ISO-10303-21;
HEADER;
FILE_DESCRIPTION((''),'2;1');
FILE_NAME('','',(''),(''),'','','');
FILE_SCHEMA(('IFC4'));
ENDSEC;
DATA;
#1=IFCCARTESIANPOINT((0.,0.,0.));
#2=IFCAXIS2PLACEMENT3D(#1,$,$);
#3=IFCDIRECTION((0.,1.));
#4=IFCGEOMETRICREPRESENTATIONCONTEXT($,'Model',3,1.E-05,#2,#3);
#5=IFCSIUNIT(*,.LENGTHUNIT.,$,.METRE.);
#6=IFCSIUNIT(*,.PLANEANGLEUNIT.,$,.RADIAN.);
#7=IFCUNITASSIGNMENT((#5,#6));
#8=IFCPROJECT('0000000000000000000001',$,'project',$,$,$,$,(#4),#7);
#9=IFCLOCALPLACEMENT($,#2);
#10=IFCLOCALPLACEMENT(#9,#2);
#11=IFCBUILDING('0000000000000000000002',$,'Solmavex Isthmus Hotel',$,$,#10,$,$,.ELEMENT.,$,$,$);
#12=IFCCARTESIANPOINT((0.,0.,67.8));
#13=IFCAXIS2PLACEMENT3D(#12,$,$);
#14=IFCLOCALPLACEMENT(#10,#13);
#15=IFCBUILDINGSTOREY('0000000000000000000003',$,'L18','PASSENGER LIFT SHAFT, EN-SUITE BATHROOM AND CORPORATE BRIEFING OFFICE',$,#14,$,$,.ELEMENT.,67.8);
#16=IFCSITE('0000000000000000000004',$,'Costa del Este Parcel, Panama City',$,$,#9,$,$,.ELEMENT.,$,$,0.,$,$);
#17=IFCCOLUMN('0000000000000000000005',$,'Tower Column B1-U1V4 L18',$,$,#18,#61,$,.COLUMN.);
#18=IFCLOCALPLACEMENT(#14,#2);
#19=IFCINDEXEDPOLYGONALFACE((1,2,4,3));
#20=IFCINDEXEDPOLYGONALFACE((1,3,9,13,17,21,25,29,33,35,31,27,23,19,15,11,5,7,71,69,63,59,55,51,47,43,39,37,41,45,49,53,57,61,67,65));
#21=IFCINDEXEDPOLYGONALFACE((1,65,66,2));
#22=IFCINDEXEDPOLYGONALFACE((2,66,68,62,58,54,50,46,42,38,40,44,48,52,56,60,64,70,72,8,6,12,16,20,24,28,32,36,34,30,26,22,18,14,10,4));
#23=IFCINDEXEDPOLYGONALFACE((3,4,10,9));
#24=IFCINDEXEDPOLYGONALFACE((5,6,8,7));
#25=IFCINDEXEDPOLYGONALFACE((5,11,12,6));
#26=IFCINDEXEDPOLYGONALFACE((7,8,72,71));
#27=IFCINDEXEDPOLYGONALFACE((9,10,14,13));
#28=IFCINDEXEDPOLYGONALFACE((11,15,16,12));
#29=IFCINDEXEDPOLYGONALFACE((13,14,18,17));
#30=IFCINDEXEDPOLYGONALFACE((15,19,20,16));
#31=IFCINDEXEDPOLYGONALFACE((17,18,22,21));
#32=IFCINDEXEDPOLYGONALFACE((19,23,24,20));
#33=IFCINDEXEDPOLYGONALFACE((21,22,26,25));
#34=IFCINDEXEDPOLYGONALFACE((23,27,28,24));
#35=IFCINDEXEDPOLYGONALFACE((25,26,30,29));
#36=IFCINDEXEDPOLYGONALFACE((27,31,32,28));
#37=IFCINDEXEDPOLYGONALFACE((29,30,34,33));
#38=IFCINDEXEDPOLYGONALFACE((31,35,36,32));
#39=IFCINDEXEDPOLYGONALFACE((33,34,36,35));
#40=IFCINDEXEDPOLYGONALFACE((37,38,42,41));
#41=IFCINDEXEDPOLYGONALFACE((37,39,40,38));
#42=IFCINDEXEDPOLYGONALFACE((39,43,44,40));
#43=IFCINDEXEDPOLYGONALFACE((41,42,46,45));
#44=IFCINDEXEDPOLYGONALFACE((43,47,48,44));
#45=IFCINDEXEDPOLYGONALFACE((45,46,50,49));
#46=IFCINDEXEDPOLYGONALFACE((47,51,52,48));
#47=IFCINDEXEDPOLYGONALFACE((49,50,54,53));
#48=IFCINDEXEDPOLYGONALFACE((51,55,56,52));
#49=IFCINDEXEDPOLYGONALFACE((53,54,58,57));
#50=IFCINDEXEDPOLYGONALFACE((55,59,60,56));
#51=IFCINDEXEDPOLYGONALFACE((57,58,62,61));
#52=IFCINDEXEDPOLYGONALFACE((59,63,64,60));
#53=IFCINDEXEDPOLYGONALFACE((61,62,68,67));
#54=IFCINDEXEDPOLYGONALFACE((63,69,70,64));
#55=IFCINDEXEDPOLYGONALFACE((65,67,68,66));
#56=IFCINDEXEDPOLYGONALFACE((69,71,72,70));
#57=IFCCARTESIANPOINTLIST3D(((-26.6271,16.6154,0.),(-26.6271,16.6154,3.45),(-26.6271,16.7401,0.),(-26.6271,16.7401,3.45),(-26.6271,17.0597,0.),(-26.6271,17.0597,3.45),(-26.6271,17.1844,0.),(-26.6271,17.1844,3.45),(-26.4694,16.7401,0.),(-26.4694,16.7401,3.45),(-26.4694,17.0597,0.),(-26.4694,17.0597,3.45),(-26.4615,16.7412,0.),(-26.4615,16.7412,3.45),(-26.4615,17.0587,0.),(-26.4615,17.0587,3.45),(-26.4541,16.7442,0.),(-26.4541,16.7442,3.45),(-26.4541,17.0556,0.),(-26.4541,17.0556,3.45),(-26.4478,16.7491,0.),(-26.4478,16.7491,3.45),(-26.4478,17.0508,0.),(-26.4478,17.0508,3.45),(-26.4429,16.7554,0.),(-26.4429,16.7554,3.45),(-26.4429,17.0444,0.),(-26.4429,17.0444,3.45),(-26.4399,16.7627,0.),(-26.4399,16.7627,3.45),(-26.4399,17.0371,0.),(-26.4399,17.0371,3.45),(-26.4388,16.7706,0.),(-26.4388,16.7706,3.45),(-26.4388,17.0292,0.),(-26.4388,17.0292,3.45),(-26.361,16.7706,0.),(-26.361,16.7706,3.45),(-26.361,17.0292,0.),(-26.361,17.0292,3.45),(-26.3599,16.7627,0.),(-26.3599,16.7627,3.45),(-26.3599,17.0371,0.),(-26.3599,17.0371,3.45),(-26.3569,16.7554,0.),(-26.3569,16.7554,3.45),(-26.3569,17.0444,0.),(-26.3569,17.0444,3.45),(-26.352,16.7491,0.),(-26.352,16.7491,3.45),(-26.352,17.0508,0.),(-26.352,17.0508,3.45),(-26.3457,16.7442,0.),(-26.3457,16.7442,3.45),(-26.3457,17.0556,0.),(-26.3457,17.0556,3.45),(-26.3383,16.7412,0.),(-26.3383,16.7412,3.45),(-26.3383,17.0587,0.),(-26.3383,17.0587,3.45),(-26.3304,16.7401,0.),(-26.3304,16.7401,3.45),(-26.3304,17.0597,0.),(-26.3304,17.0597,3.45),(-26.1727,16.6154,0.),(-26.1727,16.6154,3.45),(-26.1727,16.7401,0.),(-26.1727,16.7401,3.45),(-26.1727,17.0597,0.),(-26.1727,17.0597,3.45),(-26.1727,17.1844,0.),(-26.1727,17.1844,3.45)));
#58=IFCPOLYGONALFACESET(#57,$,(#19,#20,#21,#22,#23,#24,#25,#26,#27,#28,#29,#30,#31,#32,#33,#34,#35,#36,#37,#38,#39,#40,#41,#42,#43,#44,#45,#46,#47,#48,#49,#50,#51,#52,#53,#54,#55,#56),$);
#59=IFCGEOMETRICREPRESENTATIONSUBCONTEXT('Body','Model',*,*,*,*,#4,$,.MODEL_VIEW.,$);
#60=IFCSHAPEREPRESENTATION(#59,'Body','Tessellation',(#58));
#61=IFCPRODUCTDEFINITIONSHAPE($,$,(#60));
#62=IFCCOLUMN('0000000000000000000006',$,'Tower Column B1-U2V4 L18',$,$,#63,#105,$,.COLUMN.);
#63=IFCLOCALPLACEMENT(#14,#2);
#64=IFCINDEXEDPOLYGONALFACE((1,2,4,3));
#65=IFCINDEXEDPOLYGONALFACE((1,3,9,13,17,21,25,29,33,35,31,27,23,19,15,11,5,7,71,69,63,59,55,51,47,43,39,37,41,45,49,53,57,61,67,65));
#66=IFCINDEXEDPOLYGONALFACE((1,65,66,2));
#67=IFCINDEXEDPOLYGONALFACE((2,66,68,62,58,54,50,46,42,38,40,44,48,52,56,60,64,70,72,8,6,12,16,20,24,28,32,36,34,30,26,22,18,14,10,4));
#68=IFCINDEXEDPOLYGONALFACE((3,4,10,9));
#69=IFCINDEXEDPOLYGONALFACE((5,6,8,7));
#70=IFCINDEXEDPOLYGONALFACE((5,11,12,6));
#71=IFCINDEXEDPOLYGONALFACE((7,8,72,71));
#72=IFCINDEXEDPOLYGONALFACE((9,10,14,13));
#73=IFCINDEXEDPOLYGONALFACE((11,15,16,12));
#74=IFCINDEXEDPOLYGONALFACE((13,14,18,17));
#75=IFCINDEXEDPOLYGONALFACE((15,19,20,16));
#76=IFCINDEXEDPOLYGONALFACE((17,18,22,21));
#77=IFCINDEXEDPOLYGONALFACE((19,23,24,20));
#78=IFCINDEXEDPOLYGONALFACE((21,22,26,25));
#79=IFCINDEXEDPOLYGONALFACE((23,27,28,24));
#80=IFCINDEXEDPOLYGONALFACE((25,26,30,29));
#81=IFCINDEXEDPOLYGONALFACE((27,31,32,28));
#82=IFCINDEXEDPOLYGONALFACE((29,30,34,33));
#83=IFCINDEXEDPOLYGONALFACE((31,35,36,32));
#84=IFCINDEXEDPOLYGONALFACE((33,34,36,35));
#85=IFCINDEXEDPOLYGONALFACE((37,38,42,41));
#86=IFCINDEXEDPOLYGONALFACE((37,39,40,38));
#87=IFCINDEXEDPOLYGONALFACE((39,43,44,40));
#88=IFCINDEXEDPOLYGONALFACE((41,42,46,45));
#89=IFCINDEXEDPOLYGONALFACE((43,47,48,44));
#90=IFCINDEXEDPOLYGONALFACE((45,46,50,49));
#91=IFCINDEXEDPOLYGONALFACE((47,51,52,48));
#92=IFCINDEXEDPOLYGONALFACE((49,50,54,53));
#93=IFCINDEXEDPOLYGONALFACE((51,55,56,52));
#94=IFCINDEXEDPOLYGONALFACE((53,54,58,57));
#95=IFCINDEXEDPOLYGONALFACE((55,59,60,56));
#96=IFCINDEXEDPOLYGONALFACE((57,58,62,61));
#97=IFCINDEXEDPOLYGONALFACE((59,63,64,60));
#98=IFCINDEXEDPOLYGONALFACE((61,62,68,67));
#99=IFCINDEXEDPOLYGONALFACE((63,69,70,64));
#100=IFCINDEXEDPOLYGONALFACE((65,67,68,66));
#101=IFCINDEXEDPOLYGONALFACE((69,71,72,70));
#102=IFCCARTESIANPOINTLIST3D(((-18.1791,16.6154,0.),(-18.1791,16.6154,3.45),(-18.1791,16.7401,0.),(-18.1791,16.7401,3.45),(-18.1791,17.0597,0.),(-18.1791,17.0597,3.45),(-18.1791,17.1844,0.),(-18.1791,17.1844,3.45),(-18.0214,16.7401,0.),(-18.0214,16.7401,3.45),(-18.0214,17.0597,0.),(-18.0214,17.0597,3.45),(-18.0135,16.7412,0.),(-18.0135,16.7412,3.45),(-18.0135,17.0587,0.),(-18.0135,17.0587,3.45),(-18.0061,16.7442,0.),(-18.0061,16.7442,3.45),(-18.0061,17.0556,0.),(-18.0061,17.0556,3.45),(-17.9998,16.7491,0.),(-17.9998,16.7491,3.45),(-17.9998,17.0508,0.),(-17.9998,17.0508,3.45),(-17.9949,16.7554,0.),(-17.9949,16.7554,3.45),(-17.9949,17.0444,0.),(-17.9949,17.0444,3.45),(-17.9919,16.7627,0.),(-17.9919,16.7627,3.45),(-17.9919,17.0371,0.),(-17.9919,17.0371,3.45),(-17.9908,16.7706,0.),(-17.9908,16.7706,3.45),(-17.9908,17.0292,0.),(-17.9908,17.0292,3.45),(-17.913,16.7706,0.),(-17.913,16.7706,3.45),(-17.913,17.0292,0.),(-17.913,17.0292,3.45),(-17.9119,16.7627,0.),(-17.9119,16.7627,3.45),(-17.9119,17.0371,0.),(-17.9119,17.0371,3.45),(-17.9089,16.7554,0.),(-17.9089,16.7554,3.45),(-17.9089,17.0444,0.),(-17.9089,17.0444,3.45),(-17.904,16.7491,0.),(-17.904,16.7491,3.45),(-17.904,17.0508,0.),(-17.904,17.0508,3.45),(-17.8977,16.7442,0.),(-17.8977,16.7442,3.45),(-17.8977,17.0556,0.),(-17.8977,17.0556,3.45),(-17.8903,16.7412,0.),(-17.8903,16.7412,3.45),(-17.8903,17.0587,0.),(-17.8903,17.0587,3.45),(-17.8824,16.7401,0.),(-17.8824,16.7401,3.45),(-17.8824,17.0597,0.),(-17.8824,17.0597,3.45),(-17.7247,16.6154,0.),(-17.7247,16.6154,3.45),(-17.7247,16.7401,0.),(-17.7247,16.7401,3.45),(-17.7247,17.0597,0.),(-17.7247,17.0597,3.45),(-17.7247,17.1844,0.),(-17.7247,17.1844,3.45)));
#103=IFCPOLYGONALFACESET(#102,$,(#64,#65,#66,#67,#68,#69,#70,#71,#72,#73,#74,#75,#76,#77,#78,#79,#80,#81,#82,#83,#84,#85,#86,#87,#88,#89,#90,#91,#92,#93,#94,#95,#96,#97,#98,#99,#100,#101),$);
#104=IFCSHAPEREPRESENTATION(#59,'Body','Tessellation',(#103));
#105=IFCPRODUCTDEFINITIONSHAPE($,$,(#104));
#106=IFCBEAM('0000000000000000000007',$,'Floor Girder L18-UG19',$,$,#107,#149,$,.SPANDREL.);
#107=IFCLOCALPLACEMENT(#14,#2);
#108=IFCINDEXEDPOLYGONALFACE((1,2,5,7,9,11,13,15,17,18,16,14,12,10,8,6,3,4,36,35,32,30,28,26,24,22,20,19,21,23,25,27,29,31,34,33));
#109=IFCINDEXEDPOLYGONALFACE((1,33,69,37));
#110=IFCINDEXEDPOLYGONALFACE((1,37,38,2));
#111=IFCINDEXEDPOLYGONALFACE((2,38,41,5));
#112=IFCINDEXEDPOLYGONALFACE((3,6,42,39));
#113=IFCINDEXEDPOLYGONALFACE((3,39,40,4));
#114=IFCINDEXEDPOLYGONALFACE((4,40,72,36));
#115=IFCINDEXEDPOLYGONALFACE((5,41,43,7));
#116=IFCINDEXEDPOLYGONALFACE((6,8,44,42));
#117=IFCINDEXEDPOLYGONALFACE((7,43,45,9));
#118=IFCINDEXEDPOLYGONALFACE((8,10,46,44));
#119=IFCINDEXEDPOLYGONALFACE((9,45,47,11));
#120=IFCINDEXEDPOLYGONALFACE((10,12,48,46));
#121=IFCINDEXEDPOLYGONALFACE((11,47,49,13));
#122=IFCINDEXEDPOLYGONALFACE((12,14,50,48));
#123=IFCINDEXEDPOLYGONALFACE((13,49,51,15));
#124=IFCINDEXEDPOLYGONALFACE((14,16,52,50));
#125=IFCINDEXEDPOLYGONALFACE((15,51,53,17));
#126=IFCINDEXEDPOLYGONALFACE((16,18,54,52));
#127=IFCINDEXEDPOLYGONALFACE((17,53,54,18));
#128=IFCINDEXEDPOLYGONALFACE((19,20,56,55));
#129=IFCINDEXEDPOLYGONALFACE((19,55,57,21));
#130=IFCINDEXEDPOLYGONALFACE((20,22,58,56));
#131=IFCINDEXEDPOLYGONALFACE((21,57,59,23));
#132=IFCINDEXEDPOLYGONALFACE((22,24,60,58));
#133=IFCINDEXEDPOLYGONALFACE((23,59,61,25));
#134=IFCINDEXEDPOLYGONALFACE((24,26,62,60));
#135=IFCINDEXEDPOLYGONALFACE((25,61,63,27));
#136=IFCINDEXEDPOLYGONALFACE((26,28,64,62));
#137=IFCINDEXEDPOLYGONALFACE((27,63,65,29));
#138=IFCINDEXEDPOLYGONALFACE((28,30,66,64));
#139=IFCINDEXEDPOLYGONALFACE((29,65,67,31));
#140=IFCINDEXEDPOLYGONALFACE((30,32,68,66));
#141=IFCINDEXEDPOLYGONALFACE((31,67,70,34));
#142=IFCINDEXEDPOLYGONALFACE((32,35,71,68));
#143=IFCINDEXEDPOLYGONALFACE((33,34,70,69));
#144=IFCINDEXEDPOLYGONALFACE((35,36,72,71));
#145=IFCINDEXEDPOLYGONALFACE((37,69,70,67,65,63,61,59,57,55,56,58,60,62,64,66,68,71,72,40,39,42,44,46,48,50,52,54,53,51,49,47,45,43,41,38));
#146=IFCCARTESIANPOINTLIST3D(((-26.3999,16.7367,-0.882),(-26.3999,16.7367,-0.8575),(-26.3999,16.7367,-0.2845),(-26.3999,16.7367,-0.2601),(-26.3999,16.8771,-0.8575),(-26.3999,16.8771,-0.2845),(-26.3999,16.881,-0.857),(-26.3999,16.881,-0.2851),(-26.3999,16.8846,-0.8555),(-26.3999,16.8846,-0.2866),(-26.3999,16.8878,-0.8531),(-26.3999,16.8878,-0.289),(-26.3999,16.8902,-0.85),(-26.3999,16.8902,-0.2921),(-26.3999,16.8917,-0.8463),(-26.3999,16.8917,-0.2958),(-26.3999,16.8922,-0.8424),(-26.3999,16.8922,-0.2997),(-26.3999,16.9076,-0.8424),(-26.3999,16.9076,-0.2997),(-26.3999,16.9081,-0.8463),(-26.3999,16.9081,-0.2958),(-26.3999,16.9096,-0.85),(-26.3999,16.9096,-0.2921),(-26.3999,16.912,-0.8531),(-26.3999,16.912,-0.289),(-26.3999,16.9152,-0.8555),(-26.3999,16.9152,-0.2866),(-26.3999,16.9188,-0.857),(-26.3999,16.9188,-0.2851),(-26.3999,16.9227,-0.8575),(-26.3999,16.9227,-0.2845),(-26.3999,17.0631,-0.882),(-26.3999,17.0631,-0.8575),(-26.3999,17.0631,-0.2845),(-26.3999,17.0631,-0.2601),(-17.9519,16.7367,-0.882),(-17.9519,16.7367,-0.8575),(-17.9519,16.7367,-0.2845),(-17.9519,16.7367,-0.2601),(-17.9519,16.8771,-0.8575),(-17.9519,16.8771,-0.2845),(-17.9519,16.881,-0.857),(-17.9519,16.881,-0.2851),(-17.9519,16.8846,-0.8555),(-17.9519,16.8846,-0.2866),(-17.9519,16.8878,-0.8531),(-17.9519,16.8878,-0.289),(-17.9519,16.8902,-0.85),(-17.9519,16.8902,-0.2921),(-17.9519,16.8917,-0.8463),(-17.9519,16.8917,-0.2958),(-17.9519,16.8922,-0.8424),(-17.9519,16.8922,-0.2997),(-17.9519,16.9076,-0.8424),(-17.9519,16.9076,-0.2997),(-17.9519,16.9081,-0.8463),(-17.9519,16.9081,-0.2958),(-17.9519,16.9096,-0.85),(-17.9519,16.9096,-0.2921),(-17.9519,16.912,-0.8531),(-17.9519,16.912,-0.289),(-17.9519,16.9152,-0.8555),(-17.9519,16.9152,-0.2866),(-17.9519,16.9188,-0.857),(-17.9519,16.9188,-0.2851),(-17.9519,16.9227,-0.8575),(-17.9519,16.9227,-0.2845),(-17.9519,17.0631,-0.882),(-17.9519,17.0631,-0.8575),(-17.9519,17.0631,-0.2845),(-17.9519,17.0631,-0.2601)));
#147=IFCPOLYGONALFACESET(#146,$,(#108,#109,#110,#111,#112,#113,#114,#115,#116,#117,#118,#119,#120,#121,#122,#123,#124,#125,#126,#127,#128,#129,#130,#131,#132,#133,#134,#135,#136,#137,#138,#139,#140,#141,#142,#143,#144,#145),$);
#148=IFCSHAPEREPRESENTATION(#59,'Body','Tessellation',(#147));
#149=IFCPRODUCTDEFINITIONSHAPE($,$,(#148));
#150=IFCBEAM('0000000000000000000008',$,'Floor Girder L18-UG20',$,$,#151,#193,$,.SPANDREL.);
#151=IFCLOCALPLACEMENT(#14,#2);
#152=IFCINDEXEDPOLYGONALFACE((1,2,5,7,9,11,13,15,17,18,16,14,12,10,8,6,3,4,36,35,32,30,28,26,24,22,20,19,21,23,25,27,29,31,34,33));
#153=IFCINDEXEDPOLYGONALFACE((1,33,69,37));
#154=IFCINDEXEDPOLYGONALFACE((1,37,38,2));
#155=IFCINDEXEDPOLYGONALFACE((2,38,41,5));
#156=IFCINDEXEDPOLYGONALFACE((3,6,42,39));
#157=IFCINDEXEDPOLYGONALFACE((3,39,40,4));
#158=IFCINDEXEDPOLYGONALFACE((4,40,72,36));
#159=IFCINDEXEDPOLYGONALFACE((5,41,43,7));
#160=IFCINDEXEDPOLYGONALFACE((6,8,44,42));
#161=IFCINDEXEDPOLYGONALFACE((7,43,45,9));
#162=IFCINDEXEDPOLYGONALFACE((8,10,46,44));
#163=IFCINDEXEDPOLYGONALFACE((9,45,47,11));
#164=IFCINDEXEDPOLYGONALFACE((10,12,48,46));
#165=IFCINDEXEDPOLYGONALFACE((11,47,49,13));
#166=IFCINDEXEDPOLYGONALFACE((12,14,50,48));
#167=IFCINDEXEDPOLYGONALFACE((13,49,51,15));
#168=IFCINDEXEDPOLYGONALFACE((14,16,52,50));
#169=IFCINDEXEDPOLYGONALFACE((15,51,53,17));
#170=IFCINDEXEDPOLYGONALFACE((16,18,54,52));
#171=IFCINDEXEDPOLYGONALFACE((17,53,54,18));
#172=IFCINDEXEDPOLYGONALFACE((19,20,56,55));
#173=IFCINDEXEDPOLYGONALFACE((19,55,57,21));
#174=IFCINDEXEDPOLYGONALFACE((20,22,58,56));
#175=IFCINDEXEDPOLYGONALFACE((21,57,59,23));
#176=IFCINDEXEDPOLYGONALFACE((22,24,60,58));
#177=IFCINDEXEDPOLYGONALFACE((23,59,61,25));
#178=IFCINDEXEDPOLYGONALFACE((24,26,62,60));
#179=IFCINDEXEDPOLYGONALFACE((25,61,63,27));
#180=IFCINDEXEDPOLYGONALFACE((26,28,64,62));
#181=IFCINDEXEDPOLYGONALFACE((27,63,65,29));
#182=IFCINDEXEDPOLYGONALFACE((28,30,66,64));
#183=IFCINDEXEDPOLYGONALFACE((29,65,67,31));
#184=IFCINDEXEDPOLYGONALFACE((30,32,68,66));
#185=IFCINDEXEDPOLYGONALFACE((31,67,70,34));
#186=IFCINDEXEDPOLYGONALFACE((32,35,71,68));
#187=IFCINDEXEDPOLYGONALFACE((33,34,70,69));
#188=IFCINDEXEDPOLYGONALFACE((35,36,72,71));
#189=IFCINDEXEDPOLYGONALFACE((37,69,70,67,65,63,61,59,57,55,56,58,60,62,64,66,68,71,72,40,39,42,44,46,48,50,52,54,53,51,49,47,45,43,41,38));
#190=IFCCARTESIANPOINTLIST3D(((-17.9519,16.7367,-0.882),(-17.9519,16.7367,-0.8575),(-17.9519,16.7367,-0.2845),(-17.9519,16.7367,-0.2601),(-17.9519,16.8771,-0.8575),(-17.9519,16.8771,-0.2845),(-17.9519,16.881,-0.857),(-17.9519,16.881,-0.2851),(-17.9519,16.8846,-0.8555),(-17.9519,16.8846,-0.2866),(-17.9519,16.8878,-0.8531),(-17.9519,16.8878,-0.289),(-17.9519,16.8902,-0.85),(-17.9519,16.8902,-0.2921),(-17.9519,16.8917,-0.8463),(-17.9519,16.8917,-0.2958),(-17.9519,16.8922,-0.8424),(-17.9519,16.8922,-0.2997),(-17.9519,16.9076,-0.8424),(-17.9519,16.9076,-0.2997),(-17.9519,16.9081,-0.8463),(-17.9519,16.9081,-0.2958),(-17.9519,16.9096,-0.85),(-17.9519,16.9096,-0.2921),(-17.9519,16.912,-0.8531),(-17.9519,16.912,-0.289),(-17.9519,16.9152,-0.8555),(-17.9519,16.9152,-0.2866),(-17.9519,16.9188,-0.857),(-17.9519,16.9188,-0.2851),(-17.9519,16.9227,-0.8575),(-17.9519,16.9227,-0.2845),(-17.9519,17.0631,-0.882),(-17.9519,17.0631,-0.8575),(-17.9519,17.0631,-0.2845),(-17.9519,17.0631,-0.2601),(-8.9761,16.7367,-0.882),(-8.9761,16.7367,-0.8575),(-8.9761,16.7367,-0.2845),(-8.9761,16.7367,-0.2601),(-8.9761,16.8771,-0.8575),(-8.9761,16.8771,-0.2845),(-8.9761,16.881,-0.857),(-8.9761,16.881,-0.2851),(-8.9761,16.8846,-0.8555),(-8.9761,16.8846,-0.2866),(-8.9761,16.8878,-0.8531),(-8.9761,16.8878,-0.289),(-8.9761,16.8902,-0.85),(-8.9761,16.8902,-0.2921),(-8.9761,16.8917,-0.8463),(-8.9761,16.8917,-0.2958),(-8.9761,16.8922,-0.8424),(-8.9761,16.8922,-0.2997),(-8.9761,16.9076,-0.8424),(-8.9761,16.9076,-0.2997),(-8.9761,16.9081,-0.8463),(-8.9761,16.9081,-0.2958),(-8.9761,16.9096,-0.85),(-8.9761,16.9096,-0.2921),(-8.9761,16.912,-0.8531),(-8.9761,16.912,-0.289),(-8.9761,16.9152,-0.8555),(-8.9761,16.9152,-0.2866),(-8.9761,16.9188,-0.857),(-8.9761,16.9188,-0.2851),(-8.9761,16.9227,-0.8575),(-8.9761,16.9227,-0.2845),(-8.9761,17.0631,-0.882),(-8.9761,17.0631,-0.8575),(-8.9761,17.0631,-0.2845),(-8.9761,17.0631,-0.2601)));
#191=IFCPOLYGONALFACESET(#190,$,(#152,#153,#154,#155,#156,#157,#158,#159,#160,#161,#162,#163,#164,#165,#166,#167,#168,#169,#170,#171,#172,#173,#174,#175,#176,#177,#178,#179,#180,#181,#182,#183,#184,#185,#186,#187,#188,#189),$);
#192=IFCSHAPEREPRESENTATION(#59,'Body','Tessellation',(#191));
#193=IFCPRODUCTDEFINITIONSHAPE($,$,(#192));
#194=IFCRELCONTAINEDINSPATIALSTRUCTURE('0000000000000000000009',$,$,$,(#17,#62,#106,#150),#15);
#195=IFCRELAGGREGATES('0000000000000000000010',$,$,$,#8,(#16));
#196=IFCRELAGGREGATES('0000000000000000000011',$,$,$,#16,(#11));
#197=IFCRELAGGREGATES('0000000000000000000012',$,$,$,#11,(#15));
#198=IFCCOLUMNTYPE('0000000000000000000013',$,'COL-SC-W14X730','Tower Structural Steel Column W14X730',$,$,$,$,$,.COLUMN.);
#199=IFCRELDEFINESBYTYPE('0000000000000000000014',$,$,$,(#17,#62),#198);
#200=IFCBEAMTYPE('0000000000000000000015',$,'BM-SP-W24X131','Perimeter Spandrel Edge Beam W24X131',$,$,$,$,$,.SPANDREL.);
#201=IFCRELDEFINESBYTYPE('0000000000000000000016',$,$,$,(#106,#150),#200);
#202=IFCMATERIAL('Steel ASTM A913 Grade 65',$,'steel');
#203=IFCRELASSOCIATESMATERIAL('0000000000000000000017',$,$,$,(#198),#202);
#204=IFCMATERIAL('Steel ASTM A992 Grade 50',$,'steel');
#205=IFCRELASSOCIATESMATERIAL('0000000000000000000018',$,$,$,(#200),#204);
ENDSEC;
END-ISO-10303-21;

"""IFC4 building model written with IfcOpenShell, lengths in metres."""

from ifc_helpers import new_model, si_unit, direction, frame, origin, origin_2d, place, context, subcontext, project, spatial, i_section, extrude, material, material_profile, profile_set, type_object, element, save


model = new_model("IFC4")

# Units and contexts
model_context = context("Model", 3, precision=1e-05, world=origin(), true_north=direction((0.0, 1.0)))
body_context = subcontext(model_context, "Body", "Model", "MODEL_VIEW")
ifc_project = project(units=[si_unit("LENGTHUNIT", "METRE"), si_unit("PLANEANGLEUNIT", "RADIAN")], contexts=[model_context])

# Site, building, storey
site_placement = place(None, origin())
site = spatial("IfcSite", under=ifc_project, at=site_placement, Name="Costa del Este Parcel, Panama City", CompositionType="ELEMENT", RefElevation=0.0)
building_placement = place(site_placement, origin())
building = spatial("IfcBuilding", under=site, at=building_placement, Name="Solmavex Isthmus Hotel", CompositionType="ELEMENT")
storey_placement = place(building_placement, frame((0.0, 0.0, 67.8)))
storey = spatial("IfcBuildingStorey", under=building, at=storey_placement, Name="L18", Description="PASSENGER LIFT SHAFT, EN-SUITE BATHROOM AND CORPORATE BRIEFING OFFICE", CompositionType="ELEMENT", Elevation=67.8)

# Columns
ifc_material_1 = material(Name="Steel ASTM A913 Grade 65", Category="steel")
ifc_material_profile_1 = material_profile(ifc_material_1, i_section(OverallWidth=0.4543, OverallDepth=0.5691, WebThickness=0.0779, FlangeThickness=0.1248, FilletRadius=0.0305, at=origin_2d()), Name="W14X730")
ifc_profile_set_1 = profile_set([ifc_material_profile_1], Name="Steel ASTM A913 Grade 65")
column_type = type_object("IfcColumnType", Name="COL-SC-W14X730", Description="Tower Structural Steel Column W14X730", PredefinedType="COLUMN", material=ifc_profile_set_1)
for number, where, z_axis, x_axis, name in (
    (1, (-26.3999, 16.8999, 0.0), (0.0, 0.0, 1.0), (1.0, 0.0, 0.0), "Tower Column B1-U1V4 L18"),
    (2, (-17.9519, 16.8999, 0.0), (0.0, 0.0, 1.0), (1.0, 0.0, 0.0), "Tower Column B1-U2V4 L18"),
):
    element("IfcColumn", number, at=place(storey_placement, frame(where, z_axis=z_axis, x_axis=x_axis)), inside=storey, type_object=column_type, Name=name, PredefinedType="COLUMN", context=body_context, shape_type="SweptSolid", body=[
        extrude(i_section(OverallWidth=0.4543, OverallDepth=0.5691, WebThickness=0.0779, FlangeThickness=0.1248, FilletRadius=0.0305, at=origin_2d()), origin(), (0.0, 0.0, 1.0), 3.45),
    ])

# Beams
ifc_material_2 = material(Name="Steel ASTM A992 Grade 50", Category="steel")
ifc_material_profile_2 = material_profile(ifc_material_2, i_section(OverallWidth=0.3264, OverallDepth=0.6218, WebThickness=0.0154, FlangeThickness=0.0244, FilletRadius=0.0151, at=origin_2d()), Name="W24X131")
ifc_profile_set_2 = profile_set([ifc_material_profile_2], Name="Steel ASTM A992 Grade 50")
beam_type = type_object("IfcBeamType", Name="BM-SP-W24X131", Description="Perimeter Spandrel Edge Beam W24X131", PredefinedType="SPANDREL", material=ifc_profile_set_2)
beam_1_placement = place(storey_placement, frame((-26.3999, 16.8999, -0.571), z_axis=(1.0, 0.0, 0.0), x_axis=(0.0, 1.0, 0.0)))
element("IfcBeam", 3, at=beam_1_placement, inside=storey, type_object=beam_type, Name="Floor Girder L18-UG19", PredefinedType="SPANDREL", context=body_context, shape_type="SweptSolid", body=[
    extrude(i_section(OverallWidth=0.3264, OverallDepth=0.6218, WebThickness=0.0154, FlangeThickness=0.0244, FilletRadius=0.0151, at=origin_2d()), origin(), (0.0, 0.0, 1.0), 8.448),
])
beam_2_placement = place(storey_placement, frame((-17.9519, 16.8999, -0.571), z_axis=(1.0, 0.0, 0.0), x_axis=(0.0, 1.0, 0.0)))
element("IfcBeam", 4, at=beam_2_placement, inside=storey, type_object=beam_type, Name="Floor Girder L18-UG20", PredefinedType="SPANDREL", context=body_context, shape_type="SweptSolid", body=[
    extrude(i_section(OverallWidth=0.3264, OverallDepth=0.6218, WebThickness=0.0154, FlangeThickness=0.0244, FilletRadius=0.0151, at=origin_2d()), origin(), (0.0, 0.0, 1.0), 8.9758),
])

save(model, "model.ifc")
